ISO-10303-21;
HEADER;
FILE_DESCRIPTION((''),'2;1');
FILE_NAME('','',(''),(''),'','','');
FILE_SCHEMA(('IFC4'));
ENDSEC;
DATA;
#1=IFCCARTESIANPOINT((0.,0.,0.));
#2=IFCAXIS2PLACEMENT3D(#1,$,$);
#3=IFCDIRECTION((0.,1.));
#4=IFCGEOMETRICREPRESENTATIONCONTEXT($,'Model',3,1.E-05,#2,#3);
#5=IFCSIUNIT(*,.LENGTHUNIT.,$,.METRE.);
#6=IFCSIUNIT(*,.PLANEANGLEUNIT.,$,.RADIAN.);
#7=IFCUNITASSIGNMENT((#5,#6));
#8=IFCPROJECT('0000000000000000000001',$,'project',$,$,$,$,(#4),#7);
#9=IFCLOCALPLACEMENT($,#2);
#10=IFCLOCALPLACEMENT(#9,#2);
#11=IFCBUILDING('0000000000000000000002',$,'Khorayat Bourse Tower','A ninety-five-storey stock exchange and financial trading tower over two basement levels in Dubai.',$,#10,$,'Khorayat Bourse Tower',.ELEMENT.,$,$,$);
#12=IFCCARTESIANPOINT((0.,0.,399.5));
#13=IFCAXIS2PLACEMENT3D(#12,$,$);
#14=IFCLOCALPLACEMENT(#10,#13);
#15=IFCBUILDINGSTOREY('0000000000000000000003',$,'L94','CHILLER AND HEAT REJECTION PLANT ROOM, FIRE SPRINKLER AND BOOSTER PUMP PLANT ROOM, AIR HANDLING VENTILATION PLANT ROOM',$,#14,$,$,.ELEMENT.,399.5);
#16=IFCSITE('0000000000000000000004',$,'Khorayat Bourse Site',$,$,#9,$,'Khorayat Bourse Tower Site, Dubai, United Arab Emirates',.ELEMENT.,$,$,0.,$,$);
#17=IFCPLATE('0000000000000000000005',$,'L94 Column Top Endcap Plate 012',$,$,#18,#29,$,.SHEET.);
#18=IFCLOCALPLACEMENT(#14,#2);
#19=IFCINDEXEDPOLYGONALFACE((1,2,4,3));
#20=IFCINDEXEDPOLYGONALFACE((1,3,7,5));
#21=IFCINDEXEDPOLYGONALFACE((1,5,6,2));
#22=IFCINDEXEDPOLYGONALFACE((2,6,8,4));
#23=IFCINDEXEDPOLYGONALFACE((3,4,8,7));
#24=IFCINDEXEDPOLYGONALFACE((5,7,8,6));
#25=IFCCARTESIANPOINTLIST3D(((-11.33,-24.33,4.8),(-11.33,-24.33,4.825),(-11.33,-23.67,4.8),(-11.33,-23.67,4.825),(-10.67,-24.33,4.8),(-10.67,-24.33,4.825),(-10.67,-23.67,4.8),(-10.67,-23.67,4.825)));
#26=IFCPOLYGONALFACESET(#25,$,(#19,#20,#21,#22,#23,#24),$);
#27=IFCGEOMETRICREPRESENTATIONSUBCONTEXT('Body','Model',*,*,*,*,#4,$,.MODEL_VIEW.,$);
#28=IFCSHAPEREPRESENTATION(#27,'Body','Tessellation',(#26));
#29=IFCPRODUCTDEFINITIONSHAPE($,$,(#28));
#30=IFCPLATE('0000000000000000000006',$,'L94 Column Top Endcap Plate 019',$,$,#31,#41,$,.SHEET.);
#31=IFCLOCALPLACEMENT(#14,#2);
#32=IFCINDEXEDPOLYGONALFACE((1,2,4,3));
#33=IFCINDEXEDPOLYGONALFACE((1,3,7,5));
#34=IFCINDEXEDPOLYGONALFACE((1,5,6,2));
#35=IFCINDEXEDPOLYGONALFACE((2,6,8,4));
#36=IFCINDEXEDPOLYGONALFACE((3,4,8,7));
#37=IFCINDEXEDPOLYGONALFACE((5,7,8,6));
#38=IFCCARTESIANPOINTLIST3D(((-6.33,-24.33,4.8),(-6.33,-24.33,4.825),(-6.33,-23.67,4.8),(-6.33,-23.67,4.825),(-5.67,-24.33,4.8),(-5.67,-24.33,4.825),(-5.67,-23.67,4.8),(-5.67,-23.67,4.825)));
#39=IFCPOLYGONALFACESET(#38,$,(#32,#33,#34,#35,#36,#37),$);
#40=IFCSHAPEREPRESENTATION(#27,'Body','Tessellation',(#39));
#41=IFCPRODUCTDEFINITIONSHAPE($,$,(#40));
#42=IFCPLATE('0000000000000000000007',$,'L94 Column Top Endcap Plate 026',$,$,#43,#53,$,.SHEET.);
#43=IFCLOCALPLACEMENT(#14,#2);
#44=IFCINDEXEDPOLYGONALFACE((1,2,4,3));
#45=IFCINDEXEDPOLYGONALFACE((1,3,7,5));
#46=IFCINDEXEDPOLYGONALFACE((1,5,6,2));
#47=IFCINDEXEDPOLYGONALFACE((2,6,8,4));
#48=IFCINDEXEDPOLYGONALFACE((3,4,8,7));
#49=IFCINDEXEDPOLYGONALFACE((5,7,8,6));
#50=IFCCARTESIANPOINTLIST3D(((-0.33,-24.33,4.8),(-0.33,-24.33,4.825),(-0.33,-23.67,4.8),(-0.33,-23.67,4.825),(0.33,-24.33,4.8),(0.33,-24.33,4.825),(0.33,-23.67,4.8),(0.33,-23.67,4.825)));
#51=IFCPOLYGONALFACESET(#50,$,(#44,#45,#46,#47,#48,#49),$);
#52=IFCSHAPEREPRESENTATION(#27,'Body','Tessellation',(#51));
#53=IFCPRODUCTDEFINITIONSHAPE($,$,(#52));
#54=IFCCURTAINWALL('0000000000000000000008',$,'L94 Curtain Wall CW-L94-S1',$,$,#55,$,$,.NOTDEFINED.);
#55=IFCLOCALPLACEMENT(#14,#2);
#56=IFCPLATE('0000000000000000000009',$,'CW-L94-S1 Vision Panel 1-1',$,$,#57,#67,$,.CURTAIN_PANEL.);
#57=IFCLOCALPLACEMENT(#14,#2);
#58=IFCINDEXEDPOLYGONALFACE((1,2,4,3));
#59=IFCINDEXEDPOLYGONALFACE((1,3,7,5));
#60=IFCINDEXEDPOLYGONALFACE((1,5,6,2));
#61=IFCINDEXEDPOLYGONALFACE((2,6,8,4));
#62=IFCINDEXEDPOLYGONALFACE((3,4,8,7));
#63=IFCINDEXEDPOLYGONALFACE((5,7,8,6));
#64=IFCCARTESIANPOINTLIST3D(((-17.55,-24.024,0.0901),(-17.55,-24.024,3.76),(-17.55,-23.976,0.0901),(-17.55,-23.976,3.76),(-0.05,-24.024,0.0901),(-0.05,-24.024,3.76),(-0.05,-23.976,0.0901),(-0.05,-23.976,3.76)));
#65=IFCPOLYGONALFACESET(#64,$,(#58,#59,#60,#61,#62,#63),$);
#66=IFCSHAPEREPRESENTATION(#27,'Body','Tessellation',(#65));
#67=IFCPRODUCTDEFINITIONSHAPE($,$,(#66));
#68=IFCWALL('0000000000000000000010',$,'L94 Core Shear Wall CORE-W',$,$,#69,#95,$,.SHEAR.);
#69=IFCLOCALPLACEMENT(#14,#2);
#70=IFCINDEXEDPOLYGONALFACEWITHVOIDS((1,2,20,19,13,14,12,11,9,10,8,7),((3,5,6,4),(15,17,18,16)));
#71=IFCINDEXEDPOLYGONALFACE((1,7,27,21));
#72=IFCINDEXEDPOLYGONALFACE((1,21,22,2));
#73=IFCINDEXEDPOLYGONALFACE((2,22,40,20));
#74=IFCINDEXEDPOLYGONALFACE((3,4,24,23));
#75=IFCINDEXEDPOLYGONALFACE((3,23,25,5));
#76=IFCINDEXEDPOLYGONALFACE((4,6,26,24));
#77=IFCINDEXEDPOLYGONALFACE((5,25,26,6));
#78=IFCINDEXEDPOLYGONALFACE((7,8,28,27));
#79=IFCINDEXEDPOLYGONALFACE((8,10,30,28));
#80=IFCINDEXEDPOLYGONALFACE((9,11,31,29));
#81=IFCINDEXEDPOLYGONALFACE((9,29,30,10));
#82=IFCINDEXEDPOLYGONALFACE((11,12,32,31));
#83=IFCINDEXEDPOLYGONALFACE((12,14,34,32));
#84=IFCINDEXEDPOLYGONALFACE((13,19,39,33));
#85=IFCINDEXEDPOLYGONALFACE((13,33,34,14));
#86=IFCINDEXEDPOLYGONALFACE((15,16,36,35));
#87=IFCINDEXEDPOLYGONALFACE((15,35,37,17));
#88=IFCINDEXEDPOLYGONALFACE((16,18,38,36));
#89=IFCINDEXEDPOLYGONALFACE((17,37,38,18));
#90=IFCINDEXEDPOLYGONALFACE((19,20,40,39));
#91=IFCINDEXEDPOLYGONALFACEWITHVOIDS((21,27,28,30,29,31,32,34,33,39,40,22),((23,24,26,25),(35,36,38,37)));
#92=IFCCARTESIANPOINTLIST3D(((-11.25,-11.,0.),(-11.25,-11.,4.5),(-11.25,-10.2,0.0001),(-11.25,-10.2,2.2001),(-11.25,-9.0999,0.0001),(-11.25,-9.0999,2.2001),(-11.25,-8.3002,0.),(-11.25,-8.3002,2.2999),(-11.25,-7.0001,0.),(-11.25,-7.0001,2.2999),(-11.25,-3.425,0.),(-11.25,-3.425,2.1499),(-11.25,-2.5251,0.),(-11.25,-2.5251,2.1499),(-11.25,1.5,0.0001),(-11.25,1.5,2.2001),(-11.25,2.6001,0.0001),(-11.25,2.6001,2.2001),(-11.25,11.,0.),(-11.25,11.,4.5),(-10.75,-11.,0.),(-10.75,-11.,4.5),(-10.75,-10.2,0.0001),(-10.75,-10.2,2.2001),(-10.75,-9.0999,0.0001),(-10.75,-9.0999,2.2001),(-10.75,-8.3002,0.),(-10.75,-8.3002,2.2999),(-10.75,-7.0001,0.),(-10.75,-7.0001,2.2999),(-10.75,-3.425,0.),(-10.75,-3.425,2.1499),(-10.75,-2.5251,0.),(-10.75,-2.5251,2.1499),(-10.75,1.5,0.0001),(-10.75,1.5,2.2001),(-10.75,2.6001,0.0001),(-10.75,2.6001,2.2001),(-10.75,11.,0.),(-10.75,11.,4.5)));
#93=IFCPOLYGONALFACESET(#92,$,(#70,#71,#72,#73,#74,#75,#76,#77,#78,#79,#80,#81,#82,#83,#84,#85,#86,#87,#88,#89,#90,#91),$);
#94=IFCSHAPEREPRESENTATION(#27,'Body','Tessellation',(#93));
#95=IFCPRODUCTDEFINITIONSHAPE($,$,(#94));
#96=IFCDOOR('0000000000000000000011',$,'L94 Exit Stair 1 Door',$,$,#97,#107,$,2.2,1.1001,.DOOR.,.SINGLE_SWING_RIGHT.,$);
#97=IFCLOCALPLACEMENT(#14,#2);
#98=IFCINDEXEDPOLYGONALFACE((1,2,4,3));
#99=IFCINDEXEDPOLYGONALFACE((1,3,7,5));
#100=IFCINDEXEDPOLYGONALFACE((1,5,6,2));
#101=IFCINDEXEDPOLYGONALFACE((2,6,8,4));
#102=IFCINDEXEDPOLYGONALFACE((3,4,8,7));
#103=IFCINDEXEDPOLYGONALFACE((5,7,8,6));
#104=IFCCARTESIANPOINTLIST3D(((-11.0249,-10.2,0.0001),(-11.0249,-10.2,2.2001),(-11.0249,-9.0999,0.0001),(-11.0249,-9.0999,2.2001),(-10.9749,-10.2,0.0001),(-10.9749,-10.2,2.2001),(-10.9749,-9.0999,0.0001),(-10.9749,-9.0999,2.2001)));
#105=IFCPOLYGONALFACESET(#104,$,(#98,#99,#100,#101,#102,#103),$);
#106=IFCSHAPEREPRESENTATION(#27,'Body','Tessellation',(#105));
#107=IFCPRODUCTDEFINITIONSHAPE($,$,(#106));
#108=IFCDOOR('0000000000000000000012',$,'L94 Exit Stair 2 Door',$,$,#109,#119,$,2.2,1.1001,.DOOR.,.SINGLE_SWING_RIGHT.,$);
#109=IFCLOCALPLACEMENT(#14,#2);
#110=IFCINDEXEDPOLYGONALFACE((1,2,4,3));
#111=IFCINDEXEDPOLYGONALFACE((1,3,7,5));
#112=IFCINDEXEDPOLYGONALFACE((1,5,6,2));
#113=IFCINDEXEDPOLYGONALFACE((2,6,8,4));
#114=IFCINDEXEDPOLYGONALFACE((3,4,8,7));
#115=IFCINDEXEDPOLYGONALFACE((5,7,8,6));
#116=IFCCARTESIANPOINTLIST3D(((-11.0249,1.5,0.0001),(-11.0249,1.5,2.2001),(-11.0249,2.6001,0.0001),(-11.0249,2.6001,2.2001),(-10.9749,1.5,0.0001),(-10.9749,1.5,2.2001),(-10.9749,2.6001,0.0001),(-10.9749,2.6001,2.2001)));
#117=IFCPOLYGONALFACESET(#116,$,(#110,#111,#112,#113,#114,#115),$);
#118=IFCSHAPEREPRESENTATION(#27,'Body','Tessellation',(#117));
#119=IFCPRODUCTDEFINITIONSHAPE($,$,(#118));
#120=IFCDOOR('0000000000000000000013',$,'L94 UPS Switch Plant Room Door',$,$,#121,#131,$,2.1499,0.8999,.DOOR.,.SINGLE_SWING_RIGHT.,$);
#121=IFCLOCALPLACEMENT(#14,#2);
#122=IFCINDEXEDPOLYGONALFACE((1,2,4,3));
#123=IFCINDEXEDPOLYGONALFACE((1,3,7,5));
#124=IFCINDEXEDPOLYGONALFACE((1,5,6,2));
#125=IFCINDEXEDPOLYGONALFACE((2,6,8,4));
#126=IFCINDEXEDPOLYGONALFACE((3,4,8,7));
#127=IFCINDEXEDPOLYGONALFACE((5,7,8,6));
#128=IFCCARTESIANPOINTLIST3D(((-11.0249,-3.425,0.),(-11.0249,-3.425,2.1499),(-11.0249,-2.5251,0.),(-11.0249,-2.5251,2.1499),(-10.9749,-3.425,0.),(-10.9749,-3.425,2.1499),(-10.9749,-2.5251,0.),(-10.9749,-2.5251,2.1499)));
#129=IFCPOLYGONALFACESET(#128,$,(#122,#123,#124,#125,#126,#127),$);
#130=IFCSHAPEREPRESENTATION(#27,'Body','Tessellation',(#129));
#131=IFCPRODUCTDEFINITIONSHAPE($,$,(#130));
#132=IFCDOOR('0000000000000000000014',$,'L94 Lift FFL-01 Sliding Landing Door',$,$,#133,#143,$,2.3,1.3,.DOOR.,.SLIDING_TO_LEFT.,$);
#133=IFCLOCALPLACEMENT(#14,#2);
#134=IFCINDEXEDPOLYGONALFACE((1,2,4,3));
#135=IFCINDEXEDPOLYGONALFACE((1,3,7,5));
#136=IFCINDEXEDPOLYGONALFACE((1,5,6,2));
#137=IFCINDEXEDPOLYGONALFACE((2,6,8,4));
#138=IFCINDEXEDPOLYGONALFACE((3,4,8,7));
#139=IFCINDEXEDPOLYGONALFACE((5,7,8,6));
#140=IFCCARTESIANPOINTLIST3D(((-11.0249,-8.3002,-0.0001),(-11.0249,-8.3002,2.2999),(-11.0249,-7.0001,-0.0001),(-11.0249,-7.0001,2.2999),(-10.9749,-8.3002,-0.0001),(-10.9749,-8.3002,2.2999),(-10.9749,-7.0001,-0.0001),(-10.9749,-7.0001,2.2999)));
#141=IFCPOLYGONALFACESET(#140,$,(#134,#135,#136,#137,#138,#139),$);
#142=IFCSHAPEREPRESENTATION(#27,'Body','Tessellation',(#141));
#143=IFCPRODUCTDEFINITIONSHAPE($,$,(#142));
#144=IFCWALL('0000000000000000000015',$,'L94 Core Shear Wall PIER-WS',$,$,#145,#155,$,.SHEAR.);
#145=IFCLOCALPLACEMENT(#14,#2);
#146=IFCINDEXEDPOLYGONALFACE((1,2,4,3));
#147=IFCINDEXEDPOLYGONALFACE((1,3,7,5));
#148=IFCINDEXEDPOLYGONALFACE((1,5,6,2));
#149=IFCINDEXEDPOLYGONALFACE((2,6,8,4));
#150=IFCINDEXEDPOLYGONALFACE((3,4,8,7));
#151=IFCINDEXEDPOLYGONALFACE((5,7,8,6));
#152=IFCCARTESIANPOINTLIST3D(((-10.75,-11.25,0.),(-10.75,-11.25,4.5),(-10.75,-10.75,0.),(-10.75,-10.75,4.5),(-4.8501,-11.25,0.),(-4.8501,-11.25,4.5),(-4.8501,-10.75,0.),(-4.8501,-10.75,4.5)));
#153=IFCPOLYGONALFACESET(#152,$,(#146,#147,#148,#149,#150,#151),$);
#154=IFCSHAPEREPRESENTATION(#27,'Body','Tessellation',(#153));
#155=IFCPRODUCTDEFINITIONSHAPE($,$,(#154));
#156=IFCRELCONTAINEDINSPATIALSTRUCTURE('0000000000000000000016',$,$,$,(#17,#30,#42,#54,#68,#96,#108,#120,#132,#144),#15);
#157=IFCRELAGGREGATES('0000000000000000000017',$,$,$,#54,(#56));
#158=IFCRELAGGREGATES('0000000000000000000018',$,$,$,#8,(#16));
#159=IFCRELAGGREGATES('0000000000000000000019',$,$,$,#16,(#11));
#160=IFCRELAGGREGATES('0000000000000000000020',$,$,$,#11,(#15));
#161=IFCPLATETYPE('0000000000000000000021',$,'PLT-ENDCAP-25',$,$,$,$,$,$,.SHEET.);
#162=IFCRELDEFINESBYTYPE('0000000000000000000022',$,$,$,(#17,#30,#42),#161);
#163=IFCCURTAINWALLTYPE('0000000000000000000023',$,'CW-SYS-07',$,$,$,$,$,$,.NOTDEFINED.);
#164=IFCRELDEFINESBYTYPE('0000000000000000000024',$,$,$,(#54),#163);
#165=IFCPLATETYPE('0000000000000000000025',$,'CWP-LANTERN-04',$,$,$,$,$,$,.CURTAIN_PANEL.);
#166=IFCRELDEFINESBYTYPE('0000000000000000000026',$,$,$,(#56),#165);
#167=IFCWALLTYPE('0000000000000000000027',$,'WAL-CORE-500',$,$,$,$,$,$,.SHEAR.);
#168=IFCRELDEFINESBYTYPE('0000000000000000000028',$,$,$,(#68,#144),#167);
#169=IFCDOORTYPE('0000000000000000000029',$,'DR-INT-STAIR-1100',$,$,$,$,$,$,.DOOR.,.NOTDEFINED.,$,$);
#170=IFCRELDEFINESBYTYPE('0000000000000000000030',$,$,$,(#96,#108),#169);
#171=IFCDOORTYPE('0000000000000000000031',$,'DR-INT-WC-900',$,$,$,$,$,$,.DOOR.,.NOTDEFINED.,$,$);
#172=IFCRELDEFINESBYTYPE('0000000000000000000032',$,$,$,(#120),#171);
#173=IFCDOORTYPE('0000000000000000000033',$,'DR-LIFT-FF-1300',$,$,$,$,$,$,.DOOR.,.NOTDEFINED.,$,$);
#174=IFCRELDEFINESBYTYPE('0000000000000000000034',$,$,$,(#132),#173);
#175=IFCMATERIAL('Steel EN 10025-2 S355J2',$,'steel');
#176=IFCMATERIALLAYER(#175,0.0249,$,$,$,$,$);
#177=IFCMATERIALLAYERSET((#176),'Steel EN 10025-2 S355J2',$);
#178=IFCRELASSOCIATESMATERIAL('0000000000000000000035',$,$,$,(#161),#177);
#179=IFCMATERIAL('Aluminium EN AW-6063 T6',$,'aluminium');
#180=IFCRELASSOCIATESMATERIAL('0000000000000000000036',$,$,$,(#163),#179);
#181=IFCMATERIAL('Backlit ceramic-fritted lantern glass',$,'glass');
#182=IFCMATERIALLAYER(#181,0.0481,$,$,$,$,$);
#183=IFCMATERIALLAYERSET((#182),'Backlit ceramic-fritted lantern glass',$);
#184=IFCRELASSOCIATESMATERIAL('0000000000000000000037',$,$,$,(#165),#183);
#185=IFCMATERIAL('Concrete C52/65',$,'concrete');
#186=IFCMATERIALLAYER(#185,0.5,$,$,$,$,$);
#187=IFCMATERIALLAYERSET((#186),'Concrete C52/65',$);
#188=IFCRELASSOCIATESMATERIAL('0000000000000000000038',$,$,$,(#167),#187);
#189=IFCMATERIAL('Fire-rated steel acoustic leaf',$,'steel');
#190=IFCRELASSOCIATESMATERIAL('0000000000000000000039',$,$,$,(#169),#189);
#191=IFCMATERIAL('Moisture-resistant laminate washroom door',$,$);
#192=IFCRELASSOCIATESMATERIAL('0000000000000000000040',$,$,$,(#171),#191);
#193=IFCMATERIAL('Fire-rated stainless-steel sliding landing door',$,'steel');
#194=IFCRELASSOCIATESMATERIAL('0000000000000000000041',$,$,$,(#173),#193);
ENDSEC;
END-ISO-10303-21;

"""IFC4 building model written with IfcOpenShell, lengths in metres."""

from ifc_helpers import new_model, si_unit, direction, frame, frame_2d, origin, origin_2d, place, context, subcontext, project, spatial, rectangle, extrude, source, transform, mapped, material, layer, layer_set, type_object, element, fill, aggregate, save


model = new_model("IFC4")

# Units and contexts
model_context = context("Model", 3, precision=1e-05, world=origin(), true_north=direction((0.0, 1.0)))
body_context = subcontext(model_context, "Body", "Model", "MODEL_VIEW")
ifc_project = project(units=[si_unit("LENGTHUNIT", "METRE"), si_unit("PLANEANGLEUNIT", "RADIAN")], contexts=[model_context])

# Site, building, storey
site_placement = place(None, origin())
site = spatial("IfcSite", under=ifc_project, at=site_placement, Name="Khorayat Bourse Site", LongName="Khorayat Bourse Tower Site, Dubai, United Arab Emirates", CompositionType="ELEMENT", RefElevation=0.0)
building_placement = place(site_placement, origin())
building = spatial("IfcBuilding", under=site, at=building_placement, Name="Khorayat Bourse Tower", Description="A ninety-five-storey stock exchange and financial trading tower over two basement levels in Dubai.", LongName="Khorayat Bourse Tower", CompositionType="ELEMENT")
storey_placement = place(building_placement, frame((0.0, 0.0, 399.5)))
storey = spatial("IfcBuildingStorey", under=building, at=storey_placement, Name="L94", Description="CHILLER AND HEAT REJECTION PLANT ROOM, FIRE SPRINKLER AND BOOSTER PUMP PLANT ROOM, AIR HANDLING VENTILATION PLANT ROOM", CompositionType="ELEMENT", Elevation=399.5)

# Shared definitions
ifc_material_1 = material(Name="Concrete C52/65", Category="concrete")
ifc_material_2 = material(Name="Steel EN 10025-2 S355J2", Category="steel")

# Plates
ifc_layer_1 = layer(ifc_material_2, 0.0249)
ifc_layer_set_1 = layer_set([ifc_layer_1], Name="Steel EN 10025-2 S355J2")
plate_type_1 = type_object("IfcPlateType", Name="PLT-ENDCAP-25", PredefinedType="SHEET", material=ifc_layer_set_1)
shared_shape_1 = source(origin(), body_context, "Body", "SweptSolid", [
    extrude(rectangle(XDim=0.6599, YDim=0.6599, at=origin_2d()), origin(), (0.0, 0.0, 1.0), 0.0249),
])
for number, where, z_axis, x_axis, name in (
    (1, (-11.0, -24.0, 4.8), (0.0, 0.0, 1.0), (1.0, 0.0, 0.0), "L94 Column Top Endcap Plate 012"),
    (2, (-6.0, -24.0, 4.8), (0.0, 0.0, 1.0), (1.0, 0.0, 0.0), "L94 Column Top Endcap Plate 019"),
    (3, (0.0, -24.0, 4.8), (0.0, 0.0, 1.0), (1.0, 0.0, 0.0), "L94 Column Top Endcap Plate 026"),
):
    element("IfcPlate", number, at=place(storey_placement, frame(where, z_axis=z_axis, x_axis=x_axis)), inside=storey, type_object=plate_type_1, Name=name, PredefinedType="SHEET", context=body_context, shape_type="MappedRepresentation", body=[
        mapped(shared_shape_1, transform((0.0, 0.0, 0.0), scale=1.0)),
    ])

# Curtain wall, plate
ifc_material_3 = material(Name="Aluminium EN AW-6063 T6", Category="aluminium")
curtain_wall_type = type_object("IfcCurtainWallType", Name="CW-SYS-07", PredefinedType="NOTDEFINED", material=ifc_material_3)
curtain_wall_placement = place(storey_placement, origin())
curtain_wall = element("IfcCurtainWall", 4, at=curtain_wall_placement, inside=storey, type_object=curtain_wall_type, Name="L94 Curtain Wall CW-L94-S1", PredefinedType="NOTDEFINED")
ifc_material_4 = material(Name="Backlit ceramic-fritted lantern glass", Category="glass")
ifc_layer_2 = layer(ifc_material_4, 0.0481)
ifc_layer_set_2 = layer_set([ifc_layer_2], Name="Backlit ceramic-fritted lantern glass")
plate_type_2 = type_object("IfcPlateType", Name="CWP-LANTERN-04", PredefinedType="CURTAIN_PANEL", material=ifc_layer_set_2)
shared_shape_2 = source(origin(), body_context, "Body", "SweptSolid", [
    extrude(rectangle(XDim=17.5, YDim=0.0481, at=origin_2d()), origin(), (0.0, 0.0, 1.0), 3.6699),
])
plate_placement = place(storey_placement, frame((-8.8, -24.0, 0.0901), z_axis=(0.0, 0.0, 1.0), x_axis=(1.0, 0.0, 0.0)))
plate = element("IfcPlate", 5, at=plate_placement, type_object=plate_type_2, Name="CW-L94-S1 Vision Panel 1-1", PredefinedType="CURTAIN_PANEL", context=body_context, shape_type="MappedRepresentation", body=[
    mapped(shared_shape_2, transform((0.0, 0.0, 0.0), scale=1.0)),
])
aggregate(curtain_wall, [plate])

# Wall, openings, doors
ifc_layer_3 = layer(ifc_material_1, 0.5)
ifc_layer_set_3 = layer_set([ifc_layer_3], Name="Concrete C52/65")
wall_type = type_object("IfcWallType", Name="WAL-CORE-500", PredefinedType="SHEAR", material=ifc_layer_set_3)
shared_shape_3 = source(origin(), body_context, "Body", "SweptSolid", [
    extrude(rectangle(XDim=22.0, YDim=0.5, at=frame_2d((11.0, 0.0))), origin(), (0.0, 0.0, 1.0), 4.5),
])
wall_1_placement = place(storey_placement, frame((-11.0, -11.0, 0.0), z_axis=(0.0, 0.0, 1.0), x_axis=(0.0, 1.0, 0.0)))
wall_1 = element("IfcWall", 6, at=wall_1_placement, inside=storey, type_object=wall_type, Name="L94 Core Shear Wall CORE-W", PredefinedType="SHEAR", context=body_context, shape_type="MappedRepresentation", body=[
    mapped(shared_shape_3, transform((0.0, 0.0, 0.0), scale=1.0)),
])
shared_shape_4 = source(origin(), body_context, "Body", "SweptSolid", [
    extrude(rectangle(XDim=1.1001, YDim=2.2, at=frame_2d((0.55, 1.1001))), frame((0.0, 0.26, 0.0), z_axis=(0.0, -1.0, 0.0), x_axis=(1.0, 0.0, 0.0)), (0.0, 0.0, 1.0), 0.52),
])
opening_1_placement = place(wall_1_placement, frame((0.8, 0.0, 0.0)))
opening_1 = element("IfcOpeningElement", 7, at=opening_1_placement, cuts=wall_1, PredefinedType="OPENING", context=body_context, shape_type="MappedRepresentation", body=[
    mapped(shared_shape_4, transform((0.0, 0.0, 0.0), scale=1.0)),
])
opening_2_placement = place(wall_1_placement, frame((12.5, 0.0, 0.0)))
opening_2 = element("IfcOpeningElement", 8, at=opening_2_placement, cuts=wall_1, PredefinedType="OPENING", context=body_context, shape_type="MappedRepresentation", body=[
    mapped(shared_shape_4, transform((0.0, 0.0, 0.0), scale=1.0)),
])
shared_shape_5 = source(origin(), body_context, "Body", "SweptSolid", [
    extrude(rectangle(XDim=0.8999, YDim=2.1499, at=frame_2d((0.45, 1.075))), frame((0.0, 0.26, 0.0), z_axis=(0.0, -1.0, 0.0), x_axis=(1.0, 0.0, 0.0)), (0.0, 0.0, 1.0), 0.52),
])
opening_3_placement = place(wall_1_placement, frame((7.575, 0.0, 0.0)))
opening_3 = element("IfcOpeningElement", 9, at=opening_3_placement, cuts=wall_1, PredefinedType="OPENING", context=body_context, shape_type="MappedRepresentation", body=[
    mapped(shared_shape_5, transform((0.0, 0.0, 0.0), scale=1.0)),
])
shared_shape_6 = source(origin(), body_context, "Body", "SweptSolid", [
    extrude(rectangle(XDim=1.3, YDim=2.3, at=frame_2d((0.6499, 1.1499))), frame((0.0, 0.26, 0.0), z_axis=(0.0, -1.0, 0.0), x_axis=(1.0, 0.0, 0.0)), (0.0, 0.0, 1.0), 0.52),
])
opening_4_placement = place(wall_1_placement, frame((2.7, 0.0, 0.0)))
opening_4 = element("IfcOpeningElement", 10, at=opening_4_placement, cuts=wall_1, PredefinedType="OPENING", context=body_context, shape_type="MappedRepresentation", body=[
    mapped(shared_shape_6, transform((0.0, 0.0, 0.0), scale=1.0)),
])
ifc_material_5 = material(Name="Fire-rated steel acoustic leaf", Category="steel")
door_type_1 = type_object("IfcDoorType", Name="DR-INT-STAIR-1100", OperationType="NOTDEFINED", PredefinedType="DOOR", material=ifc_material_5)
shared_shape_7 = source(origin(), body_context, "Body", "SweptSolid", [
    extrude(rectangle(XDim=1.1001, YDim=2.2, at=frame_2d((0.55, 1.1001))), frame((0.0, 0.0249, 0.0), z_axis=(0.0, -1.0, 0.0), x_axis=(1.0, 0.0, 0.0)), (0.0, 0.0, 1.0), 0.05),
])
door_1_placement = place(opening_1_placement, origin())
door_1 = element("IfcDoor", 11, at=door_1_placement, inside=storey, type_object=door_type_1, Name="L94 Exit Stair 1 Door", OperationType="SINGLE_SWING_RIGHT", OverallHeight=2.2, OverallWidth=1.1001, PredefinedType="DOOR", context=body_context, shape_type="MappedRepresentation", body=[
    mapped(shared_shape_7, transform((0.0, 0.0, 0.0), scale=1.0)),
])
fill(opening_1, door_1)
door_2_placement = place(opening_2_placement, origin())
door_2 = element("IfcDoor", 12, at=door_2_placement, inside=storey, type_object=door_type_1, Name="L94 Exit Stair 2 Door", OperationType="SINGLE_SWING_RIGHT", OverallHeight=2.2, OverallWidth=1.1001, PredefinedType="DOOR", context=body_context, shape_type="MappedRepresentation", body=[
    mapped(shared_shape_7, transform((0.0, 0.0, 0.0), scale=1.0)),
])
fill(opening_2, door_2)
ifc_material_6 = material(Name="Moisture-resistant laminate washroom door")
door_type_2 = type_object("IfcDoorType", Name="DR-INT-WC-900", OperationType="NOTDEFINED", PredefinedType="DOOR", material=ifc_material_6)
shared_shape_8 = source(origin(), body_context, "Body", "SweptSolid", [
    extrude(rectangle(XDim=0.8999, YDim=2.1499, at=frame_2d((0.45, 1.075))), frame((0.0, 0.0249, 0.0), z_axis=(0.0, -1.0, 0.0), x_axis=(1.0, 0.0, 0.0)), (0.0, 0.0, 1.0), 0.05),
])
door_3_placement = place(opening_3_placement, origin())
door_3 = element("IfcDoor", 13, at=door_3_placement, inside=storey, type_object=door_type_2, Name="L94 UPS Switch Plant Room Door", OperationType="SINGLE_SWING_RIGHT", OverallHeight=2.1499, OverallWidth=0.8999, PredefinedType="DOOR", context=body_context, shape_type="MappedRepresentation", body=[
    mapped(shared_shape_8, transform((0.0, 0.0, 0.0), scale=1.0)),
])
fill(opening_3, door_3)
ifc_material_7 = material(Name="Fire-rated stainless-steel sliding landing door", Category="steel")
door_type_3 = type_object("IfcDoorType", Name="DR-LIFT-FF-1300", OperationType="NOTDEFINED", PredefinedType="DOOR", material=ifc_material_7)
shared_shape_9 = source(origin(), body_context, "Body", "SweptSolid", [
    extrude(rectangle(XDim=1.3, YDim=2.3, at=frame_2d((0.6499, 1.1499))), frame((0.0, 0.0249, 0.0), z_axis=(0.0, -1.0, 0.0), x_axis=(1.0, 0.0, 0.0)), (0.0, 0.0, 1.0), 0.05),
])
door_4_placement = place(opening_4_placement, origin())
door_4 = element("IfcDoor", 14, at=door_4_placement, inside=storey, type_object=door_type_3, Name="L94 Lift FFL-01 Sliding Landing Door", OperationType="SLIDING_TO_LEFT", OverallHeight=2.3, OverallWidth=1.3, PredefinedType="DOOR", context=body_context, shape_type="MappedRepresentation", body=[
    mapped(shared_shape_9, transform((0.0, 0.0, 0.0), scale=1.0)),
])
fill(opening_4, door_4)

# Wall
shared_shape_10 = source(origin(), body_context, "Body", "SweptSolid", [
    extrude(rectangle(XDim=5.8999, YDim=0.5, at=frame_2d((2.95, 0.0))), origin(), (0.0, 0.0, 1.0), 4.5),
])
wall_2_placement = place(storey_placement, frame((-10.75, -11.0, 0.0), z_axis=(0.0, 0.0, 1.0), x_axis=(1.0, 0.0, 0.0)))
element("IfcWall", 15, at=wall_2_placement, inside=storey, type_object=wall_type, Name="L94 Core Shear Wall PIER-WS", PredefinedType="SHEAR", context=body_context, shape_type="MappedRepresentation", body=[
    mapped(shared_shape_10, transform((0.0, 0.0, 0.0), scale=1.0)),
])

save(model, "model.ifc")
